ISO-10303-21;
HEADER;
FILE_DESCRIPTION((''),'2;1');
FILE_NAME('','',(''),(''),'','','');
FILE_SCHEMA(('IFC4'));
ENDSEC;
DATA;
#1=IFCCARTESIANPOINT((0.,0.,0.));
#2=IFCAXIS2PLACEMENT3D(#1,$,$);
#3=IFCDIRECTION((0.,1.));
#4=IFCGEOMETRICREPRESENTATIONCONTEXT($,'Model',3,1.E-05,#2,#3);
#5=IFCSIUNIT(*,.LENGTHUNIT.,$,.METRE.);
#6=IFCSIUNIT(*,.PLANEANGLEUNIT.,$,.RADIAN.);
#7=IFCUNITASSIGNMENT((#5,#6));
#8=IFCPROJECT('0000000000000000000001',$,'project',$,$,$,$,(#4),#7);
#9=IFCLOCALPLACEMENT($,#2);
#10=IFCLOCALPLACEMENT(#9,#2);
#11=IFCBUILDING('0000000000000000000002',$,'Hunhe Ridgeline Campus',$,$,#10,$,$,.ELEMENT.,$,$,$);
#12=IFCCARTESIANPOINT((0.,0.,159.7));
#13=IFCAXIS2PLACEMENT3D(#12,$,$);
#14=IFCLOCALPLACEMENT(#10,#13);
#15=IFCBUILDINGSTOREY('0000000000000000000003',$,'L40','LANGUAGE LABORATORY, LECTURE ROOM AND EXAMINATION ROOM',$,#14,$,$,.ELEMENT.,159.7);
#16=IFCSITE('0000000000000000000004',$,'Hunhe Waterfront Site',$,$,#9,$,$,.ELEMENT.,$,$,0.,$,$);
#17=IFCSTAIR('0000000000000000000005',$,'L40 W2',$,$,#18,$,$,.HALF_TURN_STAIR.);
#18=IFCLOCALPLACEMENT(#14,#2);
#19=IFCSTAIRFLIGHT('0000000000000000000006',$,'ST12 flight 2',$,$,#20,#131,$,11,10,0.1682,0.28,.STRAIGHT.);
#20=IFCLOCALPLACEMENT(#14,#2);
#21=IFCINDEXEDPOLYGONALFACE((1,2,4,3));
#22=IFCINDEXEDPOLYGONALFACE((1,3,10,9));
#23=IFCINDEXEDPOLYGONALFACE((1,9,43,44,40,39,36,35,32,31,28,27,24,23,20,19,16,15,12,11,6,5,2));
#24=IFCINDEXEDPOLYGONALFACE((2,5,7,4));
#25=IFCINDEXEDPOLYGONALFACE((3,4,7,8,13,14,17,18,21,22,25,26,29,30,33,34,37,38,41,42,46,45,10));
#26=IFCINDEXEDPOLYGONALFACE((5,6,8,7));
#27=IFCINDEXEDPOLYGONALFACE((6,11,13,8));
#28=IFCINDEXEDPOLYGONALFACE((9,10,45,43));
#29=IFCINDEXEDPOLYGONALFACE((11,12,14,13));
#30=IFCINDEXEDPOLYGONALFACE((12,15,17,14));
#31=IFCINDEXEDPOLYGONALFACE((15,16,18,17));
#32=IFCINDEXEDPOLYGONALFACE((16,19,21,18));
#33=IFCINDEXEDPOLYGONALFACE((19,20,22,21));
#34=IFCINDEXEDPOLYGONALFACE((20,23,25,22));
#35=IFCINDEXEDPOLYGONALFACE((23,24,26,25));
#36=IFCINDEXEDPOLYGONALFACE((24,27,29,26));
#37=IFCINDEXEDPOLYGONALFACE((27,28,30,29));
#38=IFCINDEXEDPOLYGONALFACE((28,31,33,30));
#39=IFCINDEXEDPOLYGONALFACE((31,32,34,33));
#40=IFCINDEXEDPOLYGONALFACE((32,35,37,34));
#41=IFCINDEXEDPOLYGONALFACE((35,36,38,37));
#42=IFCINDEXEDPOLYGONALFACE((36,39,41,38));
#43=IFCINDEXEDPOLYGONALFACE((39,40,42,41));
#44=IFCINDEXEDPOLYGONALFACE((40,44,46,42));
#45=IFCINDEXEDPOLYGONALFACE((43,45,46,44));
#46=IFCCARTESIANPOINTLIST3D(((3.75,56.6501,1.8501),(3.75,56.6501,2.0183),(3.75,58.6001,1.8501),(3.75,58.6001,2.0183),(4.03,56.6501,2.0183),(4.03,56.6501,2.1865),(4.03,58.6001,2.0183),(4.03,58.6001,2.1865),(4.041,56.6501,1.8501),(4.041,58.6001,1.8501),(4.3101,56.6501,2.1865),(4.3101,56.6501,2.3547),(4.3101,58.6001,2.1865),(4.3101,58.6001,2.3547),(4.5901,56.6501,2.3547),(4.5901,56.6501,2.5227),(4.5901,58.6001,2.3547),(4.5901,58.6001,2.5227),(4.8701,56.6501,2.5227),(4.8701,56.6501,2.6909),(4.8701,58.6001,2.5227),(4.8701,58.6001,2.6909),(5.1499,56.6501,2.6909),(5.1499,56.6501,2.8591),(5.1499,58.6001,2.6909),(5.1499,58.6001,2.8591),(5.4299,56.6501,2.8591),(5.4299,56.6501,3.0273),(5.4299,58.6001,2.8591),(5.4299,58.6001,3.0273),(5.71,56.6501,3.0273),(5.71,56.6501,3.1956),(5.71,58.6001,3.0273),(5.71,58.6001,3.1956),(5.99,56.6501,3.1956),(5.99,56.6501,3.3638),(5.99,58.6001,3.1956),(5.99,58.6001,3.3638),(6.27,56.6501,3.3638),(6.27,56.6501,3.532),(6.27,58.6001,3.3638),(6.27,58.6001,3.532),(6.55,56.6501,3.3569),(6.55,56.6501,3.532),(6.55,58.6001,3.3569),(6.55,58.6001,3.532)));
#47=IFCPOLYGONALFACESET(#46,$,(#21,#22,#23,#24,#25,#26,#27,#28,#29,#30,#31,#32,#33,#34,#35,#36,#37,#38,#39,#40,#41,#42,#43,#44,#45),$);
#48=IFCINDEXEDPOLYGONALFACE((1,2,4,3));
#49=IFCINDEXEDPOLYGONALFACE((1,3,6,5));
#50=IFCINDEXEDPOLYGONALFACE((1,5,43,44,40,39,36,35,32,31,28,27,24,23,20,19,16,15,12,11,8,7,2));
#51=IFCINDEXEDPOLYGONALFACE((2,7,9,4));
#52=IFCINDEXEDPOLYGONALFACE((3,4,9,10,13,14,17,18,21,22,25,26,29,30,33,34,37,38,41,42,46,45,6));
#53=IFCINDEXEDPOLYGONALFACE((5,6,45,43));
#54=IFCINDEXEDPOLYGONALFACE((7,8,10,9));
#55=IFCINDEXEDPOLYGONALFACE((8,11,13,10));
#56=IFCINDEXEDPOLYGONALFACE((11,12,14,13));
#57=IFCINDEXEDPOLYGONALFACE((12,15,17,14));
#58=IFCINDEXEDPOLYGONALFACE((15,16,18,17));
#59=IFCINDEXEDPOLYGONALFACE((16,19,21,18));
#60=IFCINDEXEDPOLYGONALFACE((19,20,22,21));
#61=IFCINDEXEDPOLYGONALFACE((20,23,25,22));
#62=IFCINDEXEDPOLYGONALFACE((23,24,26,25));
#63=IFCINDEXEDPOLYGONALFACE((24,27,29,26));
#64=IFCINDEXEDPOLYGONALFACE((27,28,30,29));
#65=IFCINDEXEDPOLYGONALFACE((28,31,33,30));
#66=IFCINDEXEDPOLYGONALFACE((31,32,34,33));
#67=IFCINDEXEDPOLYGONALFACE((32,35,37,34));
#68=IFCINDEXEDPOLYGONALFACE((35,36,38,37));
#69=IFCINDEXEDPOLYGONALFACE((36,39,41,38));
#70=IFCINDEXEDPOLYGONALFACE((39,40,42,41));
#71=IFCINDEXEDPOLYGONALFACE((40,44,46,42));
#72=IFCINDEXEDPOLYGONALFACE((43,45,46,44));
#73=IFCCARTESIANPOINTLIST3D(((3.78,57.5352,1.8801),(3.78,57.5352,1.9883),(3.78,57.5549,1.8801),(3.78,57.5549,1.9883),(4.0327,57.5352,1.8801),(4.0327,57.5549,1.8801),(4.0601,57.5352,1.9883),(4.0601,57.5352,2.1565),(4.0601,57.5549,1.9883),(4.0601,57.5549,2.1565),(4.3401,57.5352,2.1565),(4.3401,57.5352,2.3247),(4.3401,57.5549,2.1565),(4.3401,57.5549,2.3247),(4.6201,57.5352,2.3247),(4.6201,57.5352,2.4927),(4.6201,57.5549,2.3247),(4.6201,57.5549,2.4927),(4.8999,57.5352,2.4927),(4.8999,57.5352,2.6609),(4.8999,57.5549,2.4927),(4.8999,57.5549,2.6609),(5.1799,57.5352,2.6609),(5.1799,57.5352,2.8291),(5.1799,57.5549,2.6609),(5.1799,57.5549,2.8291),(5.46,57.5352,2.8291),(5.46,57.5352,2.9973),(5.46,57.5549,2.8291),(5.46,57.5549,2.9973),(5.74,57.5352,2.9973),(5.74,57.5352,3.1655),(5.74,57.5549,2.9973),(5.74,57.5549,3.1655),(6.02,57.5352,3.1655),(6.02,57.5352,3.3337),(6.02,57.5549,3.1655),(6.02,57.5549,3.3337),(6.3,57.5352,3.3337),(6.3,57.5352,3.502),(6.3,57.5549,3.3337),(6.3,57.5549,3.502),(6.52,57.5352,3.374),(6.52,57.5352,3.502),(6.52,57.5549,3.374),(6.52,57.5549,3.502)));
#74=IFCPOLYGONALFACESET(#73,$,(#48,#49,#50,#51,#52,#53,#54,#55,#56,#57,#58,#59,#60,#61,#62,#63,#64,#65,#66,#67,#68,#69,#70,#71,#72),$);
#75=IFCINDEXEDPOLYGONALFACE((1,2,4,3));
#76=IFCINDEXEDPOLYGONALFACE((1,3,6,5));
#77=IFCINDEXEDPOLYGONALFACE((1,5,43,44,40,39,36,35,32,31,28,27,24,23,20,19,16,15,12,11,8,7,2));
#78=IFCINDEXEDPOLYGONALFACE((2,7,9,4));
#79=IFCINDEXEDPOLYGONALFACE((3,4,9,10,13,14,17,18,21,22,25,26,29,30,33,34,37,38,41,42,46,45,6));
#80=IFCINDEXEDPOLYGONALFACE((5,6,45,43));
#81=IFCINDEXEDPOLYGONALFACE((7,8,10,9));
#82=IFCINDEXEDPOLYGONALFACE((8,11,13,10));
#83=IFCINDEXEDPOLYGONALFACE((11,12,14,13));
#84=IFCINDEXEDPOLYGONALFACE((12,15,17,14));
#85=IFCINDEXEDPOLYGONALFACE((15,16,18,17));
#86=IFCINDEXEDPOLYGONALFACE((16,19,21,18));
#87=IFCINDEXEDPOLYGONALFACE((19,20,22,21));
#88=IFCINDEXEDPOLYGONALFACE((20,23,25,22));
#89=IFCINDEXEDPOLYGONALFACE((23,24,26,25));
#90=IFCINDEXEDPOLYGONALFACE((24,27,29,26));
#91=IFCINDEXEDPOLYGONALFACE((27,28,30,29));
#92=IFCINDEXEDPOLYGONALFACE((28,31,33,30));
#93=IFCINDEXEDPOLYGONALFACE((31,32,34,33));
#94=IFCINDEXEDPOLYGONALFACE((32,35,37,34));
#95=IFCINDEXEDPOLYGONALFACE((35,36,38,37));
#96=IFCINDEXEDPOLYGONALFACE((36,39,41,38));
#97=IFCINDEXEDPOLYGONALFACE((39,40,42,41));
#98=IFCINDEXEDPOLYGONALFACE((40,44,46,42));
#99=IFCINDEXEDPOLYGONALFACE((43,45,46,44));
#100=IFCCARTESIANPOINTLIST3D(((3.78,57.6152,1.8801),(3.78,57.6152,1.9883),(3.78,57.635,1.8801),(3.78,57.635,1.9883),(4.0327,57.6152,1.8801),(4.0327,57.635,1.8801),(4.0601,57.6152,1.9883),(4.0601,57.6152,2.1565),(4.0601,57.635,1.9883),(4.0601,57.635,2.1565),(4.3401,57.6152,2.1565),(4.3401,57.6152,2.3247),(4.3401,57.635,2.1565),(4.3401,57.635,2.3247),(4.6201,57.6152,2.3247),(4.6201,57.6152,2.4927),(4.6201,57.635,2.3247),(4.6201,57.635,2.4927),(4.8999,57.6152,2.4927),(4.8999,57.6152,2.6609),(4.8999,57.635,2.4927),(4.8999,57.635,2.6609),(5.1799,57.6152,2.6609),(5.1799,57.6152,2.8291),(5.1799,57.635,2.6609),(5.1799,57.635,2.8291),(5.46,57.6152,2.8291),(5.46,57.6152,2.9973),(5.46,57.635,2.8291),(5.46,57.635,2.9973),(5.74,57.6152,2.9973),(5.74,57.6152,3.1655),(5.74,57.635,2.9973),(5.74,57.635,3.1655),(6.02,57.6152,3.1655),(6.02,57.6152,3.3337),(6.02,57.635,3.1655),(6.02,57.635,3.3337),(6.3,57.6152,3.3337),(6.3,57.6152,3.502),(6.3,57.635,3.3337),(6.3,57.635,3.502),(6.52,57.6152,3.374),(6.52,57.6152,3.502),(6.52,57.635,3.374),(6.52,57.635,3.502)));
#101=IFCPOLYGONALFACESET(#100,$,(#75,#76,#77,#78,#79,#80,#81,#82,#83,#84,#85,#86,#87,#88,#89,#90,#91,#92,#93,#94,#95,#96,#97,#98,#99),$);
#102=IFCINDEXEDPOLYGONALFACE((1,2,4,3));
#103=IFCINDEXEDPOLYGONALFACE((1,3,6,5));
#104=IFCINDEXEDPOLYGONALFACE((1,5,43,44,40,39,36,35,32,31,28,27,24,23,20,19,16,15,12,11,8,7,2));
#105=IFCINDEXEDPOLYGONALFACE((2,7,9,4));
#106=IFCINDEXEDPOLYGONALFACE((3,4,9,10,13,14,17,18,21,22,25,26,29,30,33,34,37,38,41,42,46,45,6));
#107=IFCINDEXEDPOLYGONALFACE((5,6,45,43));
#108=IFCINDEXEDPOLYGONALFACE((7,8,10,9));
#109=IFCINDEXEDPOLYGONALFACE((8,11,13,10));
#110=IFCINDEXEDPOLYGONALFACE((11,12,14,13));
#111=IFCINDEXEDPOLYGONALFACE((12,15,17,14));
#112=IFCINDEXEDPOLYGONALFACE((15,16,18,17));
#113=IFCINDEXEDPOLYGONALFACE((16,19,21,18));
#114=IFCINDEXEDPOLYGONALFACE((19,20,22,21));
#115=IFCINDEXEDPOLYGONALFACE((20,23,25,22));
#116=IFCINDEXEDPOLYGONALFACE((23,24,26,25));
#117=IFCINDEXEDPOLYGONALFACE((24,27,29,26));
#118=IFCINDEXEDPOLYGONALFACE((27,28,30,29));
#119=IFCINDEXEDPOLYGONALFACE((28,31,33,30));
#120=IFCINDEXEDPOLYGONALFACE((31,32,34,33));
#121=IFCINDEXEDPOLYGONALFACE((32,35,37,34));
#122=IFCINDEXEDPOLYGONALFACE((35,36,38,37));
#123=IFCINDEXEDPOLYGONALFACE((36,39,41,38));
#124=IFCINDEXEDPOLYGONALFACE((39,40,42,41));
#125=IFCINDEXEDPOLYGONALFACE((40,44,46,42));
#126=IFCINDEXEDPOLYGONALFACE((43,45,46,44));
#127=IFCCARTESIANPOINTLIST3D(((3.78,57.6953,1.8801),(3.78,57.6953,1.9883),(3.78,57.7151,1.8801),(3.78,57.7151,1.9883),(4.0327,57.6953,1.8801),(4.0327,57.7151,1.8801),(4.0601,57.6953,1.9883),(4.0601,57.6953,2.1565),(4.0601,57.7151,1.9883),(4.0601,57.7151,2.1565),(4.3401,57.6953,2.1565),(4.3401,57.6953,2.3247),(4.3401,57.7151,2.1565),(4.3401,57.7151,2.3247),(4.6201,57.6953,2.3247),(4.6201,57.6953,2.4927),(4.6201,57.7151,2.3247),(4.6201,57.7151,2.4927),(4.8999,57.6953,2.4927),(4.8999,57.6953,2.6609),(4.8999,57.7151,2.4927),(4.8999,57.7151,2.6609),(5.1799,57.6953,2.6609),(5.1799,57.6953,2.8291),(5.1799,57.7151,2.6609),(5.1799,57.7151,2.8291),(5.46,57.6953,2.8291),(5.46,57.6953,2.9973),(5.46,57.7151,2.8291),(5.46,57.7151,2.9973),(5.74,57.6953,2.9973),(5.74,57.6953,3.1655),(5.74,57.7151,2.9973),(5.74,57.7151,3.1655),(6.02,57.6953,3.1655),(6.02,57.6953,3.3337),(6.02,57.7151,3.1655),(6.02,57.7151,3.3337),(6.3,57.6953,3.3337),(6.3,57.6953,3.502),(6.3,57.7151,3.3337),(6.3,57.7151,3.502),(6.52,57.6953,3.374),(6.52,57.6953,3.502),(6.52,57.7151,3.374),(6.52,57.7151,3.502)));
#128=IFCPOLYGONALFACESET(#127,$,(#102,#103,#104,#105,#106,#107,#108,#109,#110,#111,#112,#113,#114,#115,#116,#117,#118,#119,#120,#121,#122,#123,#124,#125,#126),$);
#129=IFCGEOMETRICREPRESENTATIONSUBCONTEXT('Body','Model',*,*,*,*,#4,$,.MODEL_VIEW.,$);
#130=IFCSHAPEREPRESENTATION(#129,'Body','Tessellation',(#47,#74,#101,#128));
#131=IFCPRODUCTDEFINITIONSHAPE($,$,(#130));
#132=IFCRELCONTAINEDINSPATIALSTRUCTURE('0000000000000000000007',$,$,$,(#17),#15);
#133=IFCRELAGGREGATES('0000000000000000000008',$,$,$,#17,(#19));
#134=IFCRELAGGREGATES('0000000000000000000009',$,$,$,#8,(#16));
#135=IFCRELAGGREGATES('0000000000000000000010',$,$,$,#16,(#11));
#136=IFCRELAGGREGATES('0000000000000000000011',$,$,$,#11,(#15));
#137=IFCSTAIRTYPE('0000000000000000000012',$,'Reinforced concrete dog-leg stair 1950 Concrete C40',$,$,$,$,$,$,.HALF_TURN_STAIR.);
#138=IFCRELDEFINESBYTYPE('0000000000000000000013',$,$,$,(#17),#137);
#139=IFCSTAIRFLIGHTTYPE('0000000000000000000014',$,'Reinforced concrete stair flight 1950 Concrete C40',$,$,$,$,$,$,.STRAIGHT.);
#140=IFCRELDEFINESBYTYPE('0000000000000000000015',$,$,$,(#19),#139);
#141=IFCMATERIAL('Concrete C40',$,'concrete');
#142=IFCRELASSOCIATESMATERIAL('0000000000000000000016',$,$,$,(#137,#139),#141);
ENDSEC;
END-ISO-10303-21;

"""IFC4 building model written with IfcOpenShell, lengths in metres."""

from ifc_helpers import new_model, si_unit, direction, frame, origin, place, context, subcontext, project, spatial, polyline, outline, extrude, material, type_object, element, aggregate, save


model = new_model("IFC4")

# Units and contexts
model_context = context("Model", 3, precision=1e-05, world=origin(), true_north=direction((0.0, 1.0)))
body_context = subcontext(model_context, "Body", "Model", "MODEL_VIEW")
ifc_project = project(units=[si_unit("LENGTHUNIT", "METRE"), si_unit("PLANEANGLEUNIT", "RADIAN")], contexts=[model_context])

# Site, building, storey
site_placement = place(None, origin())
site = spatial("IfcSite", under=ifc_project, at=site_placement, Name="Hunhe Waterfront Site", CompositionType="ELEMENT", RefElevation=0.0)
building_placement = place(site_placement, origin())
building = spatial("IfcBuilding", under=site, at=building_placement, Name="Hunhe Ridgeline Campus", CompositionType="ELEMENT")
storey_placement = place(building_placement, frame((0.0, 0.0, 159.7)))
storey = spatial("IfcBuildingStorey", under=building, at=storey_placement, Name="L40", Description="LANGUAGE LABORATORY, LECTURE ROOM AND EXAMINATION ROOM", CompositionType="ELEMENT", Elevation=159.7)

# Stair, stair flight
ifc_material_1 = material(Name="Concrete C40", Category="concrete")
stair_type = type_object("IfcStairType", Name="Reinforced concrete dog-leg stair 1950 Concrete C40", PredefinedType="HALF_TURN_STAIR", material=ifc_material_1)
stair_flight_type = type_object("IfcStairFlightType", Name="Reinforced concrete stair flight 1950 Concrete C40", PredefinedType="STRAIGHT", material=ifc_material_1)
stair_1_placement = place(storey_placement, origin())
stair_1 = element("IfcStair", 1, at=stair_1_placement, inside=storey, type_object=stair_type, Name="L40 W2", PredefinedType="HALF_TURN_STAIR")
stair_flight_1_placement = place(storey_placement, frame((3.75, 57.625, 1.8501), z_axis=(0.0, 0.0, 1.0), x_axis=(1.0, 0.0, 0.0)))
stair_flight_1 = element("IfcStairFlight", 2, at=stair_flight_1_placement, type_object=stair_flight_type, Name="ST12 flight 2", NumberOfRisers=11, NumberOfTreads=10, PredefinedType="STRAIGHT", RiserHeight=0.1682, TreadLength=0.28, context=body_context, shape_type="SweptSolid", body=[
    extrude(outline(polyline([(0.0, 0.0), (0.0, 0.1682), (0.28, 0.1682), (0.28, 0.3364), (0.5601, 0.3364), (0.5601, 0.5046), (0.8401, 0.5046), (0.8401, 0.6726), (1.1201, 0.6726), (1.1201, 0.8408), (1.3999, 0.8408), (1.3999, 1.009), (1.6799, 1.009), (1.6799, 1.1772), (1.96, 1.1772), (1.96, 1.3455), (2.24, 1.3455), (2.24, 1.5137), (2.52, 1.5137), (2.52, 1.6819), (2.8, 1.6819), (2.8, 1.8501), (2.8, 1.5068), (0.291, 0.0), (0.0, 0.0)])), frame((0.0, 0.9751, 0.0), z_axis=(0.0, -1.0, 0.0), x_axis=(1.0, 0.0, 0.0)), (0.0, 0.0, 1.0), 1.95),
    extrude(outline(polyline([(0.03, 0.03), (0.03, 0.1382), (0.3101, 0.1382), (0.3101, 0.3064), (0.5901, 0.3064), (0.5901, 0.4746), (0.8701, 0.4746), (0.8701, 0.6426), (1.1499, 0.6426), (1.1499, 0.8108), (1.4299, 0.8108), (1.4299, 0.979), (1.71, 0.979), (1.71, 1.1472), (1.99, 1.1472), (1.99, 1.3154), (2.27, 1.3154), (2.27, 1.4836), (2.55, 1.4836), (2.55, 1.6519), (2.77, 1.6519), (2.77, 1.5239), (0.2827, 0.03), (0.03, 0.03)])), frame((0.0, -0.0701, 0.0), z_axis=(0.0, -1.0, 0.0), x_axis=(1.0, 0.0, 0.0)), (0.0, 0.0, 1.0), 0.0198),
    extrude(outline(polyline([(0.03, 0.03), (0.03, 0.1382), (0.3101, 0.1382), (0.3101, 0.3064), (0.5901, 0.3064), (0.5901, 0.4746), (0.8701, 0.4746), (0.8701, 0.6426), (1.1499, 0.6426), (1.1499, 0.8108), (1.4299, 0.8108), (1.4299, 0.979), (1.71, 0.979), (1.71, 1.1472), (1.99, 1.1472), (1.99, 1.3154), (2.27, 1.3154), (2.27, 1.4836), (2.55, 1.4836), (2.55, 1.6519), (2.77, 1.6519), (2.77, 1.5239), (0.2827, 0.03), (0.03, 0.03)])), frame((0.0, 0.01, 0.0), z_axis=(0.0, -1.0, 0.0), x_axis=(1.0, 0.0, 0.0)), (0.0, 0.0, 1.0), 0.0198),
    extrude(outline(polyline([(0.03, 0.03), (0.03, 0.1382), (0.3101, 0.1382), (0.3101, 0.3064), (0.5901, 0.3064), (0.5901, 0.4746), (0.8701, 0.4746), (0.8701, 0.6426), (1.1499, 0.6426), (1.1499, 0.8108), (1.4299, 0.8108), (1.4299, 0.979), (1.71, 0.979), (1.71, 1.1472), (1.99, 1.1472), (1.99, 1.3154), (2.27, 1.3154), (2.27, 1.4836), (2.55, 1.4836), (2.55, 1.6519), (2.77, 1.6519), (2.77, 1.5239), (0.2827, 0.03), (0.03, 0.03)])), frame((0.0, 0.0901, 0.0), z_axis=(0.0, -1.0, 0.0), x_axis=(1.0, 0.0, 0.0)), (0.0, 0.0, 1.0), 0.0198),
])
aggregate(stair_1, [stair_flight_1])

save(model, "model.ifc")
